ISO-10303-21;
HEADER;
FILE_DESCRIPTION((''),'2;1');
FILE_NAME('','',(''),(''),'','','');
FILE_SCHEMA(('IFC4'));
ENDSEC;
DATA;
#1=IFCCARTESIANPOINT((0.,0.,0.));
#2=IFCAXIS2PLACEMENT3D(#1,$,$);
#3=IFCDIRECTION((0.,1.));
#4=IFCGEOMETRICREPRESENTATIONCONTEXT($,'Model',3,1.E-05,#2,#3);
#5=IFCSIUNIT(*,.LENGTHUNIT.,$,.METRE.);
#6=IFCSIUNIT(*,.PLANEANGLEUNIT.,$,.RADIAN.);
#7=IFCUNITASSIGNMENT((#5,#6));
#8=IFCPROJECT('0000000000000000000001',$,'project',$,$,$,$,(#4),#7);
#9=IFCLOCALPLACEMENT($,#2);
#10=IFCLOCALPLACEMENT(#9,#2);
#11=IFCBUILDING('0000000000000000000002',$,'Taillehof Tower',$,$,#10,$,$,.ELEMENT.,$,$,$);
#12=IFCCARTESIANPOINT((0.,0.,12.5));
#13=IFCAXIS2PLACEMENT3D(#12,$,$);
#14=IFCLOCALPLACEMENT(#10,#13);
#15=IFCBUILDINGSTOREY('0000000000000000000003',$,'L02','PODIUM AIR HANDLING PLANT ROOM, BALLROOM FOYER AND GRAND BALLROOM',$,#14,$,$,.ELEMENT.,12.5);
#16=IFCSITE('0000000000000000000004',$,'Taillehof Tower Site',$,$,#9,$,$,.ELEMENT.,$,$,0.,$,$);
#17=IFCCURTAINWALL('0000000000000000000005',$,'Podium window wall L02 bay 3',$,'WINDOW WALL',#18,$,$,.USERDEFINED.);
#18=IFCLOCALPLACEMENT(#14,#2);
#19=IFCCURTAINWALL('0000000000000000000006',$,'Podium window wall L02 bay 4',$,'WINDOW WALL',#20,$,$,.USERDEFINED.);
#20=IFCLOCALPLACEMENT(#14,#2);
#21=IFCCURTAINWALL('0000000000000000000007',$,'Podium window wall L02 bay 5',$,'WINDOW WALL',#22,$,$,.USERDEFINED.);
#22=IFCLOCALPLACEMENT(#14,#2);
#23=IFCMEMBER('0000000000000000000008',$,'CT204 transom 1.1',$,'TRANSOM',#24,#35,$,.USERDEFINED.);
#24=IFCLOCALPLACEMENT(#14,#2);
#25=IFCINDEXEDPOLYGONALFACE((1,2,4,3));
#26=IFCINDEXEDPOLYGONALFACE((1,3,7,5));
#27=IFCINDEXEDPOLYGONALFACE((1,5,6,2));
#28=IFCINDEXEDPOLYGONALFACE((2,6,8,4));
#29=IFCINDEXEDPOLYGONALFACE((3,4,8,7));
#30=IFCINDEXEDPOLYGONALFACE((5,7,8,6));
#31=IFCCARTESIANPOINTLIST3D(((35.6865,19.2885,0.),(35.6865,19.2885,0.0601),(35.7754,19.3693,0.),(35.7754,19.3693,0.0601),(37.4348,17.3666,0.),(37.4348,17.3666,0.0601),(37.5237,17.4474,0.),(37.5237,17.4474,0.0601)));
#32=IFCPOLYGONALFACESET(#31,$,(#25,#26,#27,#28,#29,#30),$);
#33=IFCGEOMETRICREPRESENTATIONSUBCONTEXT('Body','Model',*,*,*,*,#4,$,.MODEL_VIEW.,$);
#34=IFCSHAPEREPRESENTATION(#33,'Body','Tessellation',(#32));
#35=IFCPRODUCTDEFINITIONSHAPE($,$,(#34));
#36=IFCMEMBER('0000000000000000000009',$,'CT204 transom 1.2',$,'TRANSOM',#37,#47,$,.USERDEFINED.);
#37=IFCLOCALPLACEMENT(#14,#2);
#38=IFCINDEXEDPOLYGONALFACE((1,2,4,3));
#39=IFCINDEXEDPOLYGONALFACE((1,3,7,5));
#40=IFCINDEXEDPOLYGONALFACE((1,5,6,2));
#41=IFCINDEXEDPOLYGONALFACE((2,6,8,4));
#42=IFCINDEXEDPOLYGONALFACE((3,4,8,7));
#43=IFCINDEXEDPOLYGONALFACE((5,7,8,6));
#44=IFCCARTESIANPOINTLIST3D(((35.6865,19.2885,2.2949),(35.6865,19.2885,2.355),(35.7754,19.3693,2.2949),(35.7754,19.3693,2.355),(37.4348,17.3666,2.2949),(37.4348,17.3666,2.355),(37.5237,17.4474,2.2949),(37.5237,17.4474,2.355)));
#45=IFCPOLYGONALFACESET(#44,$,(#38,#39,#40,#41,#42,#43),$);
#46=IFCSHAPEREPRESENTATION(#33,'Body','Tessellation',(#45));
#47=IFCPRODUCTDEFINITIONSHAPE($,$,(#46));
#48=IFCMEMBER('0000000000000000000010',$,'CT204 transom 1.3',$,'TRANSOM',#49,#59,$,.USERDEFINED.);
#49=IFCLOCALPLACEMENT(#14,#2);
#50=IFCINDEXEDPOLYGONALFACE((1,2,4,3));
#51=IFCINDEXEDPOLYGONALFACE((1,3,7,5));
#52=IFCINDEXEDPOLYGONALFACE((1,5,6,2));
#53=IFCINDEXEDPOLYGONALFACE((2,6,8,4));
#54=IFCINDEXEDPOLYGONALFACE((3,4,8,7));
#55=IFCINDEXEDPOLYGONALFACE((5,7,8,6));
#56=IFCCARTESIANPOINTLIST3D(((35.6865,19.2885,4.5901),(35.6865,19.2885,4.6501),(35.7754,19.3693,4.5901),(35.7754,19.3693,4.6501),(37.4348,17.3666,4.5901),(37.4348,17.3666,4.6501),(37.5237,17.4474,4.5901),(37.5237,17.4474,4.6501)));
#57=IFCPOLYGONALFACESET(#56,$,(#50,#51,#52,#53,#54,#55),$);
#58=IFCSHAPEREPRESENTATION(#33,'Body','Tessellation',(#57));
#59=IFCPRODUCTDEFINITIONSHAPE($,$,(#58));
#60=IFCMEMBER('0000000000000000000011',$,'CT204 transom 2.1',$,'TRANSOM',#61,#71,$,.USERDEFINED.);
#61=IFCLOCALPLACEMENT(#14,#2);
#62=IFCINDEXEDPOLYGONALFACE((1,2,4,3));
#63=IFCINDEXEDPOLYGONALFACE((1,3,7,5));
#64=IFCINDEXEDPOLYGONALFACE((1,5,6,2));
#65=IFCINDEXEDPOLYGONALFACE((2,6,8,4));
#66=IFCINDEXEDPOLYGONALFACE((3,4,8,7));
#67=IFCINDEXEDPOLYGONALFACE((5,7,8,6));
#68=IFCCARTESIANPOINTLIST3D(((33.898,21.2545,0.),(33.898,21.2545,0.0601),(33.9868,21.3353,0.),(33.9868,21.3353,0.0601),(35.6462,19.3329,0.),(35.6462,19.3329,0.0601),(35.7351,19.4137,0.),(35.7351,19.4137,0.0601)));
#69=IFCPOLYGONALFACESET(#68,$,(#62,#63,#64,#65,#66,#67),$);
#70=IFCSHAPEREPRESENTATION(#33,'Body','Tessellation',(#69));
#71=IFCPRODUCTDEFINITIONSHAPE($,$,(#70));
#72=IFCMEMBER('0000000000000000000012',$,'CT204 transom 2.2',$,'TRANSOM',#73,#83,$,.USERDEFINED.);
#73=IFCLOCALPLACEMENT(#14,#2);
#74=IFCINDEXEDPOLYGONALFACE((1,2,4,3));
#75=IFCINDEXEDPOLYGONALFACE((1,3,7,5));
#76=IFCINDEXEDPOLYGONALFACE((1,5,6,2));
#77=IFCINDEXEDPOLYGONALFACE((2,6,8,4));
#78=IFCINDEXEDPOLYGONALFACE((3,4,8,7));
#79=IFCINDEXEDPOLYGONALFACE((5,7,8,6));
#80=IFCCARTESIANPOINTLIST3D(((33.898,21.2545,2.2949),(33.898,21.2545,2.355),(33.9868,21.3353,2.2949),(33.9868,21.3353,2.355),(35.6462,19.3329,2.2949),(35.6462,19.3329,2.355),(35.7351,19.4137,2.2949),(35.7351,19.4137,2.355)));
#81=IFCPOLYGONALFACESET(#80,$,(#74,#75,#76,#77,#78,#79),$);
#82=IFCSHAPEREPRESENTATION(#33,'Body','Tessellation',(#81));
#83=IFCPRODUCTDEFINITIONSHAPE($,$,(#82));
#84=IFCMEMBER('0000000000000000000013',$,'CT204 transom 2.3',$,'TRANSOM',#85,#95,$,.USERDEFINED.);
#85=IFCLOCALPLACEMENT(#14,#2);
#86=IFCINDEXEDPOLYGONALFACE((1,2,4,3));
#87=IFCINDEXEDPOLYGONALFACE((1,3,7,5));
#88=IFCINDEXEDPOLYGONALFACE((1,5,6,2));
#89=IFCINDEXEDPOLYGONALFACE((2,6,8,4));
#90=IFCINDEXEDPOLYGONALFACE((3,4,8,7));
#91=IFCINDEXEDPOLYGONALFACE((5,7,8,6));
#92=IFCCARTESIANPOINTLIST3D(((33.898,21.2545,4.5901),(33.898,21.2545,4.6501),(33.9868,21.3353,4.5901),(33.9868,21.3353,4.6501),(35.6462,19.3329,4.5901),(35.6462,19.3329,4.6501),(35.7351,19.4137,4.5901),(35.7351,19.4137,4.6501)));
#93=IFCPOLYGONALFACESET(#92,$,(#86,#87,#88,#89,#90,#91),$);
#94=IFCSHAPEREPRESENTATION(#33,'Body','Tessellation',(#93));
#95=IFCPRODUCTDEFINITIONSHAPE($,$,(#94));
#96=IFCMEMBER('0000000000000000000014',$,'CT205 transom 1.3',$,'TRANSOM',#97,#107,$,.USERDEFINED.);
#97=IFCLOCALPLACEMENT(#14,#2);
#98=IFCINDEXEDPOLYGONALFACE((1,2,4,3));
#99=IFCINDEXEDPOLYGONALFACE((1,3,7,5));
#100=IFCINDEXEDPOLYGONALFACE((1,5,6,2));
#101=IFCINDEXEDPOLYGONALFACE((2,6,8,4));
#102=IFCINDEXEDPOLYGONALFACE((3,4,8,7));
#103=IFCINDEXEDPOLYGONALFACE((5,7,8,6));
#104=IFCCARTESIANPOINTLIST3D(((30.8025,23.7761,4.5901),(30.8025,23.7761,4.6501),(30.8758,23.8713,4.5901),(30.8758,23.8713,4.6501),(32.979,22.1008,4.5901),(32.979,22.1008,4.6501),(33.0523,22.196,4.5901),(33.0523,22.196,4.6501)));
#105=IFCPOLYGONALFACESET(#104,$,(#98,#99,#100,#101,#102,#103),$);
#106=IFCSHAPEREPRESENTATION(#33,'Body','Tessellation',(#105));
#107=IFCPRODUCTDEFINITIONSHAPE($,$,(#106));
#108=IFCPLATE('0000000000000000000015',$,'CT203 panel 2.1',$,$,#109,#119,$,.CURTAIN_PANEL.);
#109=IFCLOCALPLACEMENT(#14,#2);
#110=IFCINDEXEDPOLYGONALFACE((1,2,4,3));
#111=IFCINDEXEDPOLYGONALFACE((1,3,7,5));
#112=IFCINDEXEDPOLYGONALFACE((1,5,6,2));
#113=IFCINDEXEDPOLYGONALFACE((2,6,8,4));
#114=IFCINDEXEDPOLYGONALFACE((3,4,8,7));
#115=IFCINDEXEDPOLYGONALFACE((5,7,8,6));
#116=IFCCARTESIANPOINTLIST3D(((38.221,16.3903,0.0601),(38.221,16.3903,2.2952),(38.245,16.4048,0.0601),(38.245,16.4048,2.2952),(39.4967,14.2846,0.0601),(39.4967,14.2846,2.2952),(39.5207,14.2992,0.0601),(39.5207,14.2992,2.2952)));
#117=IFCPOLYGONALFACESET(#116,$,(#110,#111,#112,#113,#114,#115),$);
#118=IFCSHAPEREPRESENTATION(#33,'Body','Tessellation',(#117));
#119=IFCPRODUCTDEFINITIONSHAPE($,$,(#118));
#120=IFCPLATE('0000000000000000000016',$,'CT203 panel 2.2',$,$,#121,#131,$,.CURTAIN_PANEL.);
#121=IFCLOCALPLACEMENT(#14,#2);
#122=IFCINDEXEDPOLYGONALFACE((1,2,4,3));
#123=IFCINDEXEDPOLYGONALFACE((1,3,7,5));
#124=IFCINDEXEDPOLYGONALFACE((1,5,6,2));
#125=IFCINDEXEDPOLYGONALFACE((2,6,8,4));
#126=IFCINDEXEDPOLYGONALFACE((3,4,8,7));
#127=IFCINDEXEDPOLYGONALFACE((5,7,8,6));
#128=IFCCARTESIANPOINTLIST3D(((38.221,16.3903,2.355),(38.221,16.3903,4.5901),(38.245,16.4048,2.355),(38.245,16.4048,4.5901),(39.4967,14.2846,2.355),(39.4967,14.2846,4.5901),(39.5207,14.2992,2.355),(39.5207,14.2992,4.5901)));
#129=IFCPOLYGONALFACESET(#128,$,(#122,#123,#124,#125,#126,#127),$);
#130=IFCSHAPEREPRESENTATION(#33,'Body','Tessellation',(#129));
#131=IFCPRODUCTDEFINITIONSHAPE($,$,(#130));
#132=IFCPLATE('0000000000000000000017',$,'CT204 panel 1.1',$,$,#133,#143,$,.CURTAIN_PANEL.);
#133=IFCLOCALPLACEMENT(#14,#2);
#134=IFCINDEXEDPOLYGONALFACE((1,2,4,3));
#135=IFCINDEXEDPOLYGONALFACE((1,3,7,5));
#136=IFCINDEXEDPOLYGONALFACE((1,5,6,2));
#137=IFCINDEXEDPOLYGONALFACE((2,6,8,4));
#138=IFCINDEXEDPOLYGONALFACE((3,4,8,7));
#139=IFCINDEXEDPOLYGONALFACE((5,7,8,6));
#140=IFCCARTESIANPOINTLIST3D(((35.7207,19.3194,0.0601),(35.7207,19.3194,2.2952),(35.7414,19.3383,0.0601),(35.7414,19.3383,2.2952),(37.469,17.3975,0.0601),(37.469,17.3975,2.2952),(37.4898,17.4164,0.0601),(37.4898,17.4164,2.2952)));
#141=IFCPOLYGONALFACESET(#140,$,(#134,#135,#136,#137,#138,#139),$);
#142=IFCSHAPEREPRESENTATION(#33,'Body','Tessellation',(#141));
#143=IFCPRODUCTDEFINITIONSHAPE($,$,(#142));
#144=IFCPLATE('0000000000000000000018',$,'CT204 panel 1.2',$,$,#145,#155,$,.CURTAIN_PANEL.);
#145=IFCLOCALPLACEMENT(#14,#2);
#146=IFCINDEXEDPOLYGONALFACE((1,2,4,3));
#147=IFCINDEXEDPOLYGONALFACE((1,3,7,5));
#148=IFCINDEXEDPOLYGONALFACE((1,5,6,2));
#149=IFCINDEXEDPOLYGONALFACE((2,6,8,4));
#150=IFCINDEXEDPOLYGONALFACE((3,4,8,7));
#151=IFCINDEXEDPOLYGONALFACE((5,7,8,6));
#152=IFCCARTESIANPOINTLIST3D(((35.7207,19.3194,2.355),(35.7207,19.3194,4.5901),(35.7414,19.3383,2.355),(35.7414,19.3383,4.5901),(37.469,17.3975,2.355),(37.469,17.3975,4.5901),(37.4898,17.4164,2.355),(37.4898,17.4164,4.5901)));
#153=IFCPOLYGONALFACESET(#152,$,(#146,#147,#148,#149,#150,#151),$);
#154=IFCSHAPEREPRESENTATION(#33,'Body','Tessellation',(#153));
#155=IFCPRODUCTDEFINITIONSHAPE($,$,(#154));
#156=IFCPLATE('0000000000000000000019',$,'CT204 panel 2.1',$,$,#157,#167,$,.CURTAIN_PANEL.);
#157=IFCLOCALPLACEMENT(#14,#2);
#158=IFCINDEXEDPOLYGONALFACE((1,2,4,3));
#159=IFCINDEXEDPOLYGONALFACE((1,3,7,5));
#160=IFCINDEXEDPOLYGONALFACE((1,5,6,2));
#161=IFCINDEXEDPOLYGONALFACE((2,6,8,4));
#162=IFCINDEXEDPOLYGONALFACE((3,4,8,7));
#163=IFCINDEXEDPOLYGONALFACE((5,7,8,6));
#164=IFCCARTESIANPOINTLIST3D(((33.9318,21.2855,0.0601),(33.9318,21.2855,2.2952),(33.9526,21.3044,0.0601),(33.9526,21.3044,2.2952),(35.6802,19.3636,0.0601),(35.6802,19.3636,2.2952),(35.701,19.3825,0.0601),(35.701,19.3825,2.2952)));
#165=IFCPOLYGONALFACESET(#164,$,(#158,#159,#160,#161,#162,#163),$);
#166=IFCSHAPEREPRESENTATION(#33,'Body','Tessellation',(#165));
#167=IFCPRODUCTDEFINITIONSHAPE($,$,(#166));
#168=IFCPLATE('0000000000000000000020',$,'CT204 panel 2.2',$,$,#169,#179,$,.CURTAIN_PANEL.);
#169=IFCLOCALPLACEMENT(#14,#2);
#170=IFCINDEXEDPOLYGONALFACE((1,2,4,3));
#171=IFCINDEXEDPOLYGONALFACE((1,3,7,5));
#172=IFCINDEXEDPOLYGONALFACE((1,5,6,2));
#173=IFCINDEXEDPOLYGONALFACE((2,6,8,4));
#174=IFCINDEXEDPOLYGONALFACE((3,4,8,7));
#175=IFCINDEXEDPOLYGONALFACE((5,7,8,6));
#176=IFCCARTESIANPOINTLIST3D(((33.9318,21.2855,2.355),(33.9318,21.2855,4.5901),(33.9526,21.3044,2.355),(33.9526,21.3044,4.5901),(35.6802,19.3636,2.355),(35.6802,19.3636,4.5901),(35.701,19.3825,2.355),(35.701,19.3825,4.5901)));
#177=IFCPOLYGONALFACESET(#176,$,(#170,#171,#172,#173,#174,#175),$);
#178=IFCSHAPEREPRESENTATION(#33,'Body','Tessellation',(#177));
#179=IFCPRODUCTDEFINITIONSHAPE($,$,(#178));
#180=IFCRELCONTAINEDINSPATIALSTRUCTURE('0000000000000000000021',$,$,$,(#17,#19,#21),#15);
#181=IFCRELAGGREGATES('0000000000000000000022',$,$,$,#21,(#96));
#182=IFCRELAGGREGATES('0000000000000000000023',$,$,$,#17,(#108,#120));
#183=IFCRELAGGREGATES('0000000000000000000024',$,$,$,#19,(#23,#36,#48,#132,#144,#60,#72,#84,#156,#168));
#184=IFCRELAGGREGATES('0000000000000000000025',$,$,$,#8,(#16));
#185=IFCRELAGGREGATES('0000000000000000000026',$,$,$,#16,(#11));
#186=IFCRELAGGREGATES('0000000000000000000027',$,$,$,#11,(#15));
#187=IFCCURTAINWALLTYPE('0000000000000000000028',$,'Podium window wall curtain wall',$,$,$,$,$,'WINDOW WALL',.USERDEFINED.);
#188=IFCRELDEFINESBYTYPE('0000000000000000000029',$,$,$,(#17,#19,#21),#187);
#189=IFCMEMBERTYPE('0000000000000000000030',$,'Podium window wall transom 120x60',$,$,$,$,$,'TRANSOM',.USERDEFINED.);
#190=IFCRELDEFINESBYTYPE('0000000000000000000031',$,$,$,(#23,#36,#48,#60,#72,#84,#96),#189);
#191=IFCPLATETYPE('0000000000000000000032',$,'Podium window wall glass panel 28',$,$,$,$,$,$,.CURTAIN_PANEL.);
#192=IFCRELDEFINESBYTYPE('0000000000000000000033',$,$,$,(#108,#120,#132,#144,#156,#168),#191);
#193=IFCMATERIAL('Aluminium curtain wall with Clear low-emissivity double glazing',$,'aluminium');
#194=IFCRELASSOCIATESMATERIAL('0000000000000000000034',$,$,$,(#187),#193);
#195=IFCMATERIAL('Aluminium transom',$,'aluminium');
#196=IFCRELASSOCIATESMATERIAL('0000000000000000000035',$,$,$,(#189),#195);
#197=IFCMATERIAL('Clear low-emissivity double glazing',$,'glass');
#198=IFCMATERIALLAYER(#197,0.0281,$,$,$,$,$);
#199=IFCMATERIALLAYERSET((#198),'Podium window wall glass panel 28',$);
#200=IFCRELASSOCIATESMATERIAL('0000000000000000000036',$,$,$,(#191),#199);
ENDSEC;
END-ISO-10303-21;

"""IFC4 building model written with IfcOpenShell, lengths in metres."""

from ifc_helpers import new_model, si_unit, direction, frame, origin, origin_2d, place, context, subcontext, project, spatial, rectangle, extrude, material, layer, layer_set, material_profile, profile_set, type_object, element, aggregate, save


model = new_model("IFC4")

# Units and contexts
model_context = context("Model", 3, precision=1e-05, world=origin(), true_north=direction((0.0, 1.0)))
body_context = subcontext(model_context, "Body", "Model", "MODEL_VIEW")
ifc_project = project(units=[si_unit("LENGTHUNIT", "METRE"), si_unit("PLANEANGLEUNIT", "RADIAN")], contexts=[model_context])

# Site, building, storey
site_placement = place(None, origin())
site = spatial("IfcSite", under=ifc_project, at=site_placement, Name="Taillehof Tower Site", CompositionType="ELEMENT", RefElevation=0.0)
building_placement = place(site_placement, origin())
building = spatial("IfcBuilding", under=site, at=building_placement, Name="Taillehof Tower", CompositionType="ELEMENT")
storey_placement = place(building_placement, frame((0.0, 0.0, 12.5)))
storey = spatial("IfcBuildingStorey", under=building, at=storey_placement, Name="L02", Description="PODIUM AIR HANDLING PLANT ROOM, BALLROOM FOYER AND GRAND BALLROOM", CompositionType="ELEMENT", Elevation=12.5)

# Curtain wall
ifc_material_1 = material(Name="Aluminium curtain wall with Clear low-emissivity double glazing", Category="aluminium")
curtain_wall_type = type_object("IfcCurtainWallType", Name="Podium window wall curtain wall", ElementType="WINDOW WALL", PredefinedType="USERDEFINED", material=ifc_material_1)
curtain_wall_1_placement = place(storey_placement, origin())
curtain_wall_1 = element("IfcCurtainWall", 1, at=curtain_wall_1_placement, inside=storey, type_object=curtain_wall_type, Name="Podium window wall L02 bay 3", ObjectType="WINDOW WALL", PredefinedType="USERDEFINED")

# Curtain wall
curtain_wall_2_placement = place(storey_placement, origin())
curtain_wall_2 = element("IfcCurtainWall", 2, at=curtain_wall_2_placement, inside=storey, type_object=curtain_wall_type, Name="Podium window wall L02 bay 4", ObjectType="WINDOW WALL", PredefinedType="USERDEFINED")

# Curtain wall
curtain_wall_3_placement = place(storey_placement, origin())
curtain_wall_3 = element("IfcCurtainWall", 3, at=curtain_wall_3_placement, inside=storey, type_object=curtain_wall_type, Name="Podium window wall L02 bay 5", ObjectType="WINDOW WALL", PredefinedType="USERDEFINED")

# Members
ifc_material_2 = material(Name="Aluminium transom", Category="aluminium")
ifc_material_profile_1 = material_profile(ifc_material_2, rectangle(XDim=0.1201, YDim=0.0601, at=origin_2d()), Name="AL 120x60")
ifc_profile_set_1 = profile_set([ifc_material_profile_1], Name="Aluminium transom")
member_type_1 = type_object("IfcMemberType", Name="Podium window wall transom 120x60", ElementType="TRANSOM", PredefinedType="USERDEFINED", material=ifc_profile_set_1)
member_1_placement = place(storey_placement, frame((37.4792, 17.407, 0.03), z_axis=(-0.672911, 0.739723, 0.0), x_axis=(-0.739723, -0.672911, 0.0)))
member_1 = element("IfcMember", 4, at=member_1_placement, type_object=member_type_1, Name="CT204 transom 1.1", ObjectType="TRANSOM", PredefinedType="USERDEFINED", context=body_context, shape_type="SweptSolid", body=[
    extrude(rectangle(XDim=0.1201, YDim=0.0601, at=origin_2d()), origin(), (0.0, 0.0, 1.0), 2.5981),
])
member_2_placement = place(storey_placement, frame((37.4792, 17.407, 2.325), z_axis=(-0.672911, 0.739723, 0.0), x_axis=(-0.739723, -0.672911, 0.0)))
member_2 = element("IfcMember", 5, at=member_2_placement, type_object=member_type_1, Name="CT204 transom 1.2", ObjectType="TRANSOM", PredefinedType="USERDEFINED", context=body_context, shape_type="SweptSolid", body=[
    extrude(rectangle(XDim=0.1201, YDim=0.0601, at=origin_2d()), origin(), (0.0, 0.0, 1.0), 2.5981),
])
member_3_placement = place(storey_placement, frame((37.4792, 17.407, 4.6201), z_axis=(-0.672911, 0.739723, 0.0), x_axis=(-0.739723, -0.672911, 0.0)))
member_3 = element("IfcMember", 6, at=member_3_placement, type_object=member_type_1, Name="CT204 transom 1.3", ObjectType="TRANSOM", PredefinedType="USERDEFINED", context=body_context, shape_type="SweptSolid", body=[
    extrude(rectangle(XDim=0.1201, YDim=0.0601, at=origin_2d()), origin(), (0.0, 0.0, 1.0), 2.5981),
])
member_4_placement = place(storey_placement, frame((35.6907, 19.3733, 0.03), z_axis=(-0.672958, 0.739681, 0.0), x_axis=(-0.739681, -0.672958, 0.0)))
member_4 = element("IfcMember", 7, at=member_4_placement, type_object=member_type_1, Name="CT204 transom 2.1", ObjectType="TRANSOM", PredefinedType="USERDEFINED", context=body_context, shape_type="SweptSolid", body=[
    extrude(rectangle(XDim=0.1201, YDim=0.0601, at=origin_2d()), origin(), (0.0, 0.0, 1.0), 2.5979),
])
member_5_placement = place(storey_placement, frame((35.6907, 19.3733, 2.325), z_axis=(-0.672958, 0.739681, 0.0), x_axis=(-0.739681, -0.672958, 0.0)))
member_5 = element("IfcMember", 8, at=member_5_placement, type_object=member_type_1, Name="CT204 transom 2.2", ObjectType="TRANSOM", PredefinedType="USERDEFINED", context=body_context, shape_type="SweptSolid", body=[
    extrude(rectangle(XDim=0.1201, YDim=0.0601, at=origin_2d()), origin(), (0.0, 0.0, 1.0), 2.5979),
])
member_6_placement = place(storey_placement, frame((35.6907, 19.3733, 4.6201), z_axis=(-0.672958, 0.739681, 0.0), x_axis=(-0.739681, -0.672958, 0.0)))
member_6 = element("IfcMember", 9, at=member_6_placement, type_object=member_type_1, Name="CT204 transom 2.3", ObjectType="TRANSOM", PredefinedType="USERDEFINED", context=body_context, shape_type="SweptSolid", body=[
    extrude(rectangle(XDim=0.1201, YDim=0.0601, at=origin_2d()), origin(), (0.0, 0.0, 1.0), 2.5979),
])
member_7_placement = place(storey_placement, frame((33.0156, 22.1484, 4.6201), z_axis=(-0.792439, 0.609951, 0.0), x_axis=(-0.609951, -0.792439, 0.0)))
member_7 = element("IfcMember", 10, at=member_7_placement, type_object=member_type_1, Name="CT205 transom 1.3", ObjectType="TRANSOM", PredefinedType="USERDEFINED", context=body_context, shape_type="SweptSolid", body=[
    extrude(rectangle(XDim=0.1201, YDim=0.0601, at=origin_2d()), origin(), (0.0, 0.0, 1.0), 2.7466),
])
aggregate(curtain_wall_3, [member_7])

# Plates
ifc_material_3 = material(Name="Clear low-emissivity double glazing", Category="glass")
ifc_layer = layer(ifc_material_3, 0.0281)
ifc_layer_set = layer_set([ifc_layer], Name="Podium window wall glass panel 28")
plate_type = type_object("IfcPlateType", Name="Podium window wall glass panel 28", PredefinedType="CURTAIN_PANEL", material=ifc_layer_set)
plate_1_placement = place(storey_placement, frame((38.8708, 15.3447, 0.0601), z_axis=(0.0, 0.0, 1.0), x_axis=(-0.518151, 0.855289, 0.0)))
plate_1 = element("IfcPlate", 11, at=plate_1_placement, type_object=plate_type, Name="CT203 panel 2.1", PredefinedType="CURTAIN_PANEL", context=body_context, shape_type="SweptSolid", body=[
    extrude(rectangle(XDim=2.4619, YDim=0.0281, at=origin_2d()), origin(), (0.0, 0.0, 1.0), 2.2351),
])
plate_2_placement = place(storey_placement, frame((38.8708, 15.3447, 2.355), z_axis=(0.0, 0.0, 1.0), x_axis=(-0.518151, 0.855289, 0.0)))
plate_2 = element("IfcPlate", 12, at=plate_2_placement, type_object=plate_type, Name="CT203 panel 2.2", PredefinedType="CURTAIN_PANEL", context=body_context, shape_type="SweptSolid", body=[
    extrude(rectangle(XDim=2.4619, YDim=0.0281, at=origin_2d()), origin(), (0.0, 0.0, 1.0), 2.2351),
])
aggregate(curtain_wall_1, [plate_1, plate_2])
plate_3_placement = place(storey_placement, frame((36.6052, 18.3679, 0.0601), z_axis=(0.0, 0.0, 1.0), x_axis=(-0.672929, 0.739707, 0.0)))
plate_3 = element("IfcPlate", 13, at=plate_3_placement, type_object=plate_type, Name="CT204 panel 1.1", PredefinedType="CURTAIN_PANEL", context=body_context, shape_type="SweptSolid", body=[
    extrude(rectangle(XDim=2.5981, YDim=0.0281, at=origin_2d()), origin(), (0.0, 0.0, 1.0), 2.2351),
])
plate_4_placement = place(storey_placement, frame((36.6052, 18.3679, 2.355), z_axis=(0.0, 0.0, 1.0), x_axis=(-0.672929, 0.739707, 0.0)))
plate_4 = element("IfcPlate", 14, at=plate_4_placement, type_object=plate_type, Name="CT204 panel 1.2", PredefinedType="CURTAIN_PANEL", context=body_context, shape_type="SweptSolid", body=[
    extrude(rectangle(XDim=2.5981, YDim=0.0281, at=origin_2d()), origin(), (0.0, 0.0, 1.0), 2.2351),
])
plate_5_placement = place(storey_placement, frame((34.8164, 20.334, 0.0601), z_axis=(0.0, 0.0, 1.0), x_axis=(-0.672929, 0.739707, 0.0)))
plate_5 = element("IfcPlate", 15, at=plate_5_placement, type_object=plate_type, Name="CT204 panel 2.1", PredefinedType="CURTAIN_PANEL", context=body_context, shape_type="SweptSolid", body=[
    extrude(rectangle(XDim=2.5981, YDim=0.0281, at=origin_2d()), origin(), (0.0, 0.0, 1.0), 2.2351),
])
plate_6_placement = place(storey_placement, frame((34.8164, 20.334, 2.355), z_axis=(0.0, 0.0, 1.0), x_axis=(-0.672929, 0.739707, 0.0)))
plate_6 = element("IfcPlate", 16, at=plate_6_placement, type_object=plate_type, Name="CT204 panel 2.2", PredefinedType="CURTAIN_PANEL", context=body_context, shape_type="SweptSolid", body=[
    extrude(rectangle(XDim=2.5981, YDim=0.0281, at=origin_2d()), origin(), (0.0, 0.0, 1.0), 2.2351),
])
aggregate(curtain_wall_2, [member_1, member_2, member_3, plate_3, plate_4, member_4, member_5, member_6, plate_5, plate_6])

save(model, "model.ifc")
